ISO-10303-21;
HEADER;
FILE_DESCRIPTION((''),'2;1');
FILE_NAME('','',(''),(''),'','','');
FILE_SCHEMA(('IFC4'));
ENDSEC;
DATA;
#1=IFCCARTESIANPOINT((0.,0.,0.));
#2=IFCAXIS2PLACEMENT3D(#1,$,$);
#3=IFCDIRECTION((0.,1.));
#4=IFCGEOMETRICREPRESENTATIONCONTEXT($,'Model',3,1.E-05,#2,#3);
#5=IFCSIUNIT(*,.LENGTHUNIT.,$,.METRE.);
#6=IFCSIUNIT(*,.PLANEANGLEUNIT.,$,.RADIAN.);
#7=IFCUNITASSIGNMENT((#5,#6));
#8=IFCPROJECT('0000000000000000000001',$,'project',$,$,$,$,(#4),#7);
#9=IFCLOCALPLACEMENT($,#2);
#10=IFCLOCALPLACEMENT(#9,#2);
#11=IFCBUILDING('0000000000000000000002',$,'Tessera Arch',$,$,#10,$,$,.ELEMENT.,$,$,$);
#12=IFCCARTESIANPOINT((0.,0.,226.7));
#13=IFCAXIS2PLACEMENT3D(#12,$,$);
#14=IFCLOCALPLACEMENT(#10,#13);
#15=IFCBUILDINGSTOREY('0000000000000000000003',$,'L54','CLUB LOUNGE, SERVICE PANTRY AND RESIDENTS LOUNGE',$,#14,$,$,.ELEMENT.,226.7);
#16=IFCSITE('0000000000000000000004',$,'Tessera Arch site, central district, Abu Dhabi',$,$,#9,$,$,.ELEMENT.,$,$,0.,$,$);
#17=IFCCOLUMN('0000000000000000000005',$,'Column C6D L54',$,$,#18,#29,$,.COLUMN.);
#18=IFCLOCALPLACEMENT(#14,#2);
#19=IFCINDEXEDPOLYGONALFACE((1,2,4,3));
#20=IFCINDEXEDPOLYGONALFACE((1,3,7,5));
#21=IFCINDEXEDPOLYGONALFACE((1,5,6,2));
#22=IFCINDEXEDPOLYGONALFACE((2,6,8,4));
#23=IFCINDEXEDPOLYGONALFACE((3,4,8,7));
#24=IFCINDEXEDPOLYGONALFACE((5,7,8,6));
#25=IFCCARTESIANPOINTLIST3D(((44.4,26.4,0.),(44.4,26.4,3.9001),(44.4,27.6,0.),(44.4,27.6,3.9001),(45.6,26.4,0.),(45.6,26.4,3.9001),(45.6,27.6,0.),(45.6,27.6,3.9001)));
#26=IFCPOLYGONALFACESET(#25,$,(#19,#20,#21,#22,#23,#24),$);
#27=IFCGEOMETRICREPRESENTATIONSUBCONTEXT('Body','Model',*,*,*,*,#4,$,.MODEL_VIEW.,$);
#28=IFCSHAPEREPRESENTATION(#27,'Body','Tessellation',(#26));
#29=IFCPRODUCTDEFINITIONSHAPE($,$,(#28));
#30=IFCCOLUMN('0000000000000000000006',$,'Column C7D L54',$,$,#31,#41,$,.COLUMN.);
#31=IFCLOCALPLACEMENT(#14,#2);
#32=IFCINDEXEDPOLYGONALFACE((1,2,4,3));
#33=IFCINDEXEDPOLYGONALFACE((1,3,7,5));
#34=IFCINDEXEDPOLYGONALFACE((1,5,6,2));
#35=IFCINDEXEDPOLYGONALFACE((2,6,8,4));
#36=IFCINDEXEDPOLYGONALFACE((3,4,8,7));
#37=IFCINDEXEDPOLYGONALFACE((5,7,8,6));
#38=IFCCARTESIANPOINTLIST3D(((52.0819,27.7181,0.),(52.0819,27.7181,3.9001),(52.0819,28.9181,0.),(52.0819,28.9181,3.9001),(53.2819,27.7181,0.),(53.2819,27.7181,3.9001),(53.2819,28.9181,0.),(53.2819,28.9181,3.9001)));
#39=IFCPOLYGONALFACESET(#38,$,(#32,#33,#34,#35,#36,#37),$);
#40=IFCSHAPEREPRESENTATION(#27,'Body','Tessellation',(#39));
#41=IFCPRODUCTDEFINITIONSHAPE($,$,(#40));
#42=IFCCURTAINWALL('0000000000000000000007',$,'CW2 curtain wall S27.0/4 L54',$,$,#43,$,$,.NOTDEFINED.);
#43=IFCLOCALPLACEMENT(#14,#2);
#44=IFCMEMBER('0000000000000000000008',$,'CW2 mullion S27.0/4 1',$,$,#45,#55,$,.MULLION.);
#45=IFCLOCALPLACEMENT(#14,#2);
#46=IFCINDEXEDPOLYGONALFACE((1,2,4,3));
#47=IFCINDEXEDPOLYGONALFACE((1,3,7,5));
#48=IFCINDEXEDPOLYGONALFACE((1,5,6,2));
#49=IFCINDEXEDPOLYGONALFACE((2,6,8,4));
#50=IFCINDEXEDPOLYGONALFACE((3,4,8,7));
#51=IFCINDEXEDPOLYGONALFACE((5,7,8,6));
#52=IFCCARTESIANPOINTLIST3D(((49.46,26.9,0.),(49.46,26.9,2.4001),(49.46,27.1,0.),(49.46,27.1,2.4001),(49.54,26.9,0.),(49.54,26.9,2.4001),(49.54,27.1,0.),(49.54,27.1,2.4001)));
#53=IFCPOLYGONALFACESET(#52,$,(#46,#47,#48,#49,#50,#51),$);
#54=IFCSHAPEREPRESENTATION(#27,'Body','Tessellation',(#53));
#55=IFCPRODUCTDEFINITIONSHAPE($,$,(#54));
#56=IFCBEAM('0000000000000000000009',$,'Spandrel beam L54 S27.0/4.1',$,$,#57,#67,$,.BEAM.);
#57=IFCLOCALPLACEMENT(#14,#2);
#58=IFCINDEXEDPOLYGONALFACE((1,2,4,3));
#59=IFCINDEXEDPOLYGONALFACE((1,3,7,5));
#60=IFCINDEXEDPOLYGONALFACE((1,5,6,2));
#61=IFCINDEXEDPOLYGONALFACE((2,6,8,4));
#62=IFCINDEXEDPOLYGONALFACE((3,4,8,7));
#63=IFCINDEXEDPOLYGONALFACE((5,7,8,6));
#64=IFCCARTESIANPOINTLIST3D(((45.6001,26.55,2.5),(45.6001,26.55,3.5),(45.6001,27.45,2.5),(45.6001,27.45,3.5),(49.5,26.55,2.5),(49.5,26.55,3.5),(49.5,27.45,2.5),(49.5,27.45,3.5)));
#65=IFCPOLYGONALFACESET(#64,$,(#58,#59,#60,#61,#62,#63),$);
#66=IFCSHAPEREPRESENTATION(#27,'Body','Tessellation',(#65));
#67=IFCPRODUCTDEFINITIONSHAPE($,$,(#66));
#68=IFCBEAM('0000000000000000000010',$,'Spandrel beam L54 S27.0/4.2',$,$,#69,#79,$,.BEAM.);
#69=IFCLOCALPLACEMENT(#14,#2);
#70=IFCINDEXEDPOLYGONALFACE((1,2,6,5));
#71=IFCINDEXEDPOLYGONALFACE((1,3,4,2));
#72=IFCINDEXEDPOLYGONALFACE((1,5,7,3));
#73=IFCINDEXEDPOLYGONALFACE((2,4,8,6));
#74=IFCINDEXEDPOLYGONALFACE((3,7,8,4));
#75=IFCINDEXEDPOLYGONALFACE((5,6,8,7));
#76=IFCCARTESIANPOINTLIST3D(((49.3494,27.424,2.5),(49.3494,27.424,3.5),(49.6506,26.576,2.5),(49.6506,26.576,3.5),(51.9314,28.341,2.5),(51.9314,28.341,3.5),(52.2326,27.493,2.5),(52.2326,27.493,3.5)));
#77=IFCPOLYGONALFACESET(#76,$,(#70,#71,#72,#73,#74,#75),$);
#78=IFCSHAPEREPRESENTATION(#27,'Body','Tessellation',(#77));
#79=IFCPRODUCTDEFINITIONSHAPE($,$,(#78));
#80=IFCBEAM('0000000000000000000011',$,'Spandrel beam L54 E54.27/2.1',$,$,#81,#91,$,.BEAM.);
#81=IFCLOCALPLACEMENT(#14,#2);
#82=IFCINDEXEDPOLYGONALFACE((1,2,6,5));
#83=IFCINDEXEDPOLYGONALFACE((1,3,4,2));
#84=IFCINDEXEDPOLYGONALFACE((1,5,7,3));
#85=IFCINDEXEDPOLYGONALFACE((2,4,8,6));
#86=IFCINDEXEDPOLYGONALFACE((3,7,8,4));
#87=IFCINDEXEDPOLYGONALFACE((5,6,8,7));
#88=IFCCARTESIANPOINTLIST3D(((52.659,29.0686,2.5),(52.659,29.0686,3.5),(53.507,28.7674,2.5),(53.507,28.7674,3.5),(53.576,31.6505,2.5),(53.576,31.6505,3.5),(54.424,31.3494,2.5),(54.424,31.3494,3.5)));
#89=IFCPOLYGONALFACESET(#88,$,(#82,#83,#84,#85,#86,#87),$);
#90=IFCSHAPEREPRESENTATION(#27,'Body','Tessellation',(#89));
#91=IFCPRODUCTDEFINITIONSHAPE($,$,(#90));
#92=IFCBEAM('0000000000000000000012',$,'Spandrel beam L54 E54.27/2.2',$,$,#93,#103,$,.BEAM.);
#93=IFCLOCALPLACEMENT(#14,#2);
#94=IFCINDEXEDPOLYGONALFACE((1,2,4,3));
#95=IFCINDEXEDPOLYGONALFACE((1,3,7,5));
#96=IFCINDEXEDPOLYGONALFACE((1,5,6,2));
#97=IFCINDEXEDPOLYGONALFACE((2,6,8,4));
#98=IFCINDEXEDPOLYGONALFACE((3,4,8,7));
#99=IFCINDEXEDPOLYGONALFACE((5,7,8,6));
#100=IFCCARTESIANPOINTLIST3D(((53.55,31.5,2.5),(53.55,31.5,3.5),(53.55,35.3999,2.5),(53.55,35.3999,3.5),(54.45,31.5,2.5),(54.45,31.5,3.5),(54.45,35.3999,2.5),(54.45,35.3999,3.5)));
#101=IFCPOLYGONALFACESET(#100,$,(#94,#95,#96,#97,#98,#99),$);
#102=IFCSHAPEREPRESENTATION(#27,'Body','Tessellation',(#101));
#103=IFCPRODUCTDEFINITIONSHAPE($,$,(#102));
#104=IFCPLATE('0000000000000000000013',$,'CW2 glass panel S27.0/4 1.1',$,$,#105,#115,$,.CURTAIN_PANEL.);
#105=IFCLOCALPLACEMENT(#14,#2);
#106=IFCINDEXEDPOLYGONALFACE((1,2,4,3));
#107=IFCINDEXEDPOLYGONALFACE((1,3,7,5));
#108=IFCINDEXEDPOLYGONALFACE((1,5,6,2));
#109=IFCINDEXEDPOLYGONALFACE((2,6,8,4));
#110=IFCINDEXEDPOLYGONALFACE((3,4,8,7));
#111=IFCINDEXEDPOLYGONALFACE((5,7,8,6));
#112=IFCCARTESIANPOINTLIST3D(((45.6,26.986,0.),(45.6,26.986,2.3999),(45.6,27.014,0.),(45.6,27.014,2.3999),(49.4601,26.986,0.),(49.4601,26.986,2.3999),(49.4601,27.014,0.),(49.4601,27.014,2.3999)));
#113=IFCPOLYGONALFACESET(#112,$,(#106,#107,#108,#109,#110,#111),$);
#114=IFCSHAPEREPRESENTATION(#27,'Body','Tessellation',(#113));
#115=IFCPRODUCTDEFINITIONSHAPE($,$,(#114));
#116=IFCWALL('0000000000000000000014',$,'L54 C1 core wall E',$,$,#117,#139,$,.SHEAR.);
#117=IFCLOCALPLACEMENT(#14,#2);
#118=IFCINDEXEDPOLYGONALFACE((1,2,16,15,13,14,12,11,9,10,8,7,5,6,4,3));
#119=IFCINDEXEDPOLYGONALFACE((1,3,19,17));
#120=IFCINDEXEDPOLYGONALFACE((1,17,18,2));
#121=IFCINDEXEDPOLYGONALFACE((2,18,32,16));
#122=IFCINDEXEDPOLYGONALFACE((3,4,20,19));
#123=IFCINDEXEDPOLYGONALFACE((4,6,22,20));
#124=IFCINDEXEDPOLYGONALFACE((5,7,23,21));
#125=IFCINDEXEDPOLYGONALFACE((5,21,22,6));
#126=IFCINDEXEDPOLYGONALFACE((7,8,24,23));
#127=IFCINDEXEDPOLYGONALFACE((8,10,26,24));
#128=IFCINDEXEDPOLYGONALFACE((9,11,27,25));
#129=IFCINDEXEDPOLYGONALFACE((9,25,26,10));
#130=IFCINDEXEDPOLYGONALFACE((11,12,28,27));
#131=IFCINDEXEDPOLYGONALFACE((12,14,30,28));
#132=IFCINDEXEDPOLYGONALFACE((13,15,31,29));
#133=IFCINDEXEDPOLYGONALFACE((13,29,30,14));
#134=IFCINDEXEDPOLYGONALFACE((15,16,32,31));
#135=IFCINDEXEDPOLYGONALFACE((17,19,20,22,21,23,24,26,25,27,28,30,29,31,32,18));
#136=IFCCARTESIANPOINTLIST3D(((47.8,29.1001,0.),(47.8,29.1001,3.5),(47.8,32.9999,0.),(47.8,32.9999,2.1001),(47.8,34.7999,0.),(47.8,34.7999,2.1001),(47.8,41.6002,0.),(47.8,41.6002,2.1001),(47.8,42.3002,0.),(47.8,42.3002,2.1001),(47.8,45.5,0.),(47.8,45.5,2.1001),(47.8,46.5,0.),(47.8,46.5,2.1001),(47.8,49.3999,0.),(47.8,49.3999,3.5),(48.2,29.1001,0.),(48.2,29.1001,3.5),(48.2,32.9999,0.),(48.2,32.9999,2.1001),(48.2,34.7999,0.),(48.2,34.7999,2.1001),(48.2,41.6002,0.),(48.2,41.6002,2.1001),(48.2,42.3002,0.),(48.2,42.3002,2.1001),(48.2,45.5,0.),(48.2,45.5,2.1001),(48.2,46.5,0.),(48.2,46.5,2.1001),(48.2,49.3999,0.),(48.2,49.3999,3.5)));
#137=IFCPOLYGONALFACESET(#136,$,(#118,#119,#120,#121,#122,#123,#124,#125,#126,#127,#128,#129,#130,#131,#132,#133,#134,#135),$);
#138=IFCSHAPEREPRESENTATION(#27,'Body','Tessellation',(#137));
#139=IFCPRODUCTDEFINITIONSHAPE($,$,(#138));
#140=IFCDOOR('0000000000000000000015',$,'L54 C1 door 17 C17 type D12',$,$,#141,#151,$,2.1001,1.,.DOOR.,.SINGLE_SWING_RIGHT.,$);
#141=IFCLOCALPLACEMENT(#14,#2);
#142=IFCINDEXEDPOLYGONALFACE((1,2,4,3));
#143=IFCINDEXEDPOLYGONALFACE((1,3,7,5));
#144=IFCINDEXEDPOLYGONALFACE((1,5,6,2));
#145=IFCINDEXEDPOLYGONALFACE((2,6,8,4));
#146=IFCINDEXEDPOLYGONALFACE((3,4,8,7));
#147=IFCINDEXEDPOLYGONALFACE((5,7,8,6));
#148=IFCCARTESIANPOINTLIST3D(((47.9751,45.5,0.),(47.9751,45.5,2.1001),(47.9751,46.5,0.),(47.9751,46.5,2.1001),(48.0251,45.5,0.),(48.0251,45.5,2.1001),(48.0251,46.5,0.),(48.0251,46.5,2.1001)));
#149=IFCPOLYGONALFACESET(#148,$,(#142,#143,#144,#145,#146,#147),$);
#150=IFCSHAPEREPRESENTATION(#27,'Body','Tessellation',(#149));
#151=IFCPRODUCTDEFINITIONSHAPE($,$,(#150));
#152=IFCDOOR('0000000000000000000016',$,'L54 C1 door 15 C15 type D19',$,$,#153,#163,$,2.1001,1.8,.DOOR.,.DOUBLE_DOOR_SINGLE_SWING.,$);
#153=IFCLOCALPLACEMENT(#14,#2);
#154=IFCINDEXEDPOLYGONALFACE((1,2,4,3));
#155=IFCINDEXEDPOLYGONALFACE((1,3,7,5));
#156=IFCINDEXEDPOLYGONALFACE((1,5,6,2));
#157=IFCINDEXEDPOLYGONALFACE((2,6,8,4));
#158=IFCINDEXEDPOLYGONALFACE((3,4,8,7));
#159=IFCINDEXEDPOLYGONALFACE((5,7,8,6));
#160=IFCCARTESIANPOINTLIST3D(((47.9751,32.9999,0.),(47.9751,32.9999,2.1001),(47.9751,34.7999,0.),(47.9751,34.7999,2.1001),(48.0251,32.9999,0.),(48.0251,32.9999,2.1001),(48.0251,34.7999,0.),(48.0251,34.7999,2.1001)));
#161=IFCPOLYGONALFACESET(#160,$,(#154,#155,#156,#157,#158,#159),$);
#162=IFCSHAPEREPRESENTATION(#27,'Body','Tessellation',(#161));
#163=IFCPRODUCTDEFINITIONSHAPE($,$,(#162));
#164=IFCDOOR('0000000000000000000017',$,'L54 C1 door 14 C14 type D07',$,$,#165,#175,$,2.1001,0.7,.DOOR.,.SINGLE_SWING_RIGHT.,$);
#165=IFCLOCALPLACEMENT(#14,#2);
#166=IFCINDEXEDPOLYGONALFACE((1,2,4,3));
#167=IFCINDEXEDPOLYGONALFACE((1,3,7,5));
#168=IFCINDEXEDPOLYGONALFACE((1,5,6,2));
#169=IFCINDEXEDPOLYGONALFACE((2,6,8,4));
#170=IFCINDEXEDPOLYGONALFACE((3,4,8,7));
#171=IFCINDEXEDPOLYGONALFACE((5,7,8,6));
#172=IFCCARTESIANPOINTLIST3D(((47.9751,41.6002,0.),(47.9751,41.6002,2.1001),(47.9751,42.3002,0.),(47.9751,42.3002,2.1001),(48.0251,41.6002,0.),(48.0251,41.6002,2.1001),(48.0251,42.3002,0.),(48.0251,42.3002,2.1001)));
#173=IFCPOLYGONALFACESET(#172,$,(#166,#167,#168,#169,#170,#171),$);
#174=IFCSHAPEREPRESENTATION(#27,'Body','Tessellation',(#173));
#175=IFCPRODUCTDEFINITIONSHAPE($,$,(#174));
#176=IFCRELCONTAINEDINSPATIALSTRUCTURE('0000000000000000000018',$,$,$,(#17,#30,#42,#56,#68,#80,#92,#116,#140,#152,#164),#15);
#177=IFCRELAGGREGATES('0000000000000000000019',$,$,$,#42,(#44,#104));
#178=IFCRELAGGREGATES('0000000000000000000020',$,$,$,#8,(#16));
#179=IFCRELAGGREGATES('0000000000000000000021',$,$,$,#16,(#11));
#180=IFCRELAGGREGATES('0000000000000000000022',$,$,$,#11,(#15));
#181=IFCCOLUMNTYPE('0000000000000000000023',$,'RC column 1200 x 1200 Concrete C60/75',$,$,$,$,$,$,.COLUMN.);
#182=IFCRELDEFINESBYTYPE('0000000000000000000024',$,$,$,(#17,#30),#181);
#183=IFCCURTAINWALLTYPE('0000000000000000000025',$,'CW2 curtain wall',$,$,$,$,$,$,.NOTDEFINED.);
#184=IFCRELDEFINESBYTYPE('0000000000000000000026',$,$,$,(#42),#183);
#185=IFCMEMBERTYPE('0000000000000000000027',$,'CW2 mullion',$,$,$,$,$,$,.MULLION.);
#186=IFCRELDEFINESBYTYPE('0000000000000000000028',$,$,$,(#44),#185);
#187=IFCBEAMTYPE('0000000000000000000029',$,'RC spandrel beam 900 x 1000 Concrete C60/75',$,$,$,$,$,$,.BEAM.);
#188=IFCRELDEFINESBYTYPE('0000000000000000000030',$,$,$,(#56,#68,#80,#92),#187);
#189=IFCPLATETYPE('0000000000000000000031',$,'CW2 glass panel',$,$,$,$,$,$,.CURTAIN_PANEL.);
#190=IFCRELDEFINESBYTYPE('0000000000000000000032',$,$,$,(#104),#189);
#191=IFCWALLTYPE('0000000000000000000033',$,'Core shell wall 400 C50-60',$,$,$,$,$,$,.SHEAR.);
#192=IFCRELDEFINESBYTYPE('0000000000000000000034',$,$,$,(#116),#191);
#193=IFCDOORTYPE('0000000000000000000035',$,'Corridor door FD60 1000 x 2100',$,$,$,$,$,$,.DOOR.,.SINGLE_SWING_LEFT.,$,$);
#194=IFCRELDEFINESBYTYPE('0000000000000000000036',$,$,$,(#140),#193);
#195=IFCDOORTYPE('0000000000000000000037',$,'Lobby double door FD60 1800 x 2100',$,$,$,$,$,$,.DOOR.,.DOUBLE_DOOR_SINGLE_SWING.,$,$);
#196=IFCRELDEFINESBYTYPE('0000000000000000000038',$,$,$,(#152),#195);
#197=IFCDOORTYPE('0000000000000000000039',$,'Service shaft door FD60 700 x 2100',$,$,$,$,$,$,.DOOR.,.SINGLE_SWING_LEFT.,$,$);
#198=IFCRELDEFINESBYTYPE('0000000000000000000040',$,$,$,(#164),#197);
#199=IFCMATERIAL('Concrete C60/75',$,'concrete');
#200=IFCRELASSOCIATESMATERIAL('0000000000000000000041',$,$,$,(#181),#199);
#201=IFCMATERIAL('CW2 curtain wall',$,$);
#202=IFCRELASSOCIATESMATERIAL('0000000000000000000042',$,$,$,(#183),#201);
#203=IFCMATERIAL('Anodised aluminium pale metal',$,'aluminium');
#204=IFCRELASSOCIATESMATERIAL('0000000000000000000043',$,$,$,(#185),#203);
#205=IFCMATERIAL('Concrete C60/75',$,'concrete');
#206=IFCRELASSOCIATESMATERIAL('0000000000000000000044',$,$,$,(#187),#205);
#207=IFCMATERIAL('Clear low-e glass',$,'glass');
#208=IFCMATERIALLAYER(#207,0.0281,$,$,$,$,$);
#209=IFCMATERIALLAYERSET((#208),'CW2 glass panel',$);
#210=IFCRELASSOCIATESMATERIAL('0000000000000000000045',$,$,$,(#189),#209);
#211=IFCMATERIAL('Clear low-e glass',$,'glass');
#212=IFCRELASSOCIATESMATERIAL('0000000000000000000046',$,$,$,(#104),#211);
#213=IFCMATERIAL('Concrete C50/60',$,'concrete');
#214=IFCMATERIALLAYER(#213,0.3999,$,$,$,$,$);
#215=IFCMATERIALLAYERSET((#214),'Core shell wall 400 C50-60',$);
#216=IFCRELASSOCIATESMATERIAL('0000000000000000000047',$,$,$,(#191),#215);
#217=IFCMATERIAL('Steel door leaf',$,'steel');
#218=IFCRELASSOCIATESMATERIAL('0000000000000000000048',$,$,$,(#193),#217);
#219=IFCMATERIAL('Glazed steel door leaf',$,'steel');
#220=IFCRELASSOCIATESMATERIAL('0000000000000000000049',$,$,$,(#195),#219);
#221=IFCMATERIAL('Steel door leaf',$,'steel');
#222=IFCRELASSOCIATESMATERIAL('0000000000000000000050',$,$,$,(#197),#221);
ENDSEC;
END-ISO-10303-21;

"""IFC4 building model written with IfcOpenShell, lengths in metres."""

from ifc_helpers import new_model, si_unit, direction, frame, frame_2d, origin, origin_2d, place, context, subcontext, project, spatial, rectangle, extrude, material, layer, layer_set, material_profile, profile_set, type_object, element, fill, aggregate, save


model = new_model("IFC4")

# Units and contexts
model_context = context("Model", 3, precision=1e-05, world=origin(), true_north=direction((0.0, 1.0)))
body_context = subcontext(model_context, "Body", "Model", "MODEL_VIEW")
ifc_project = project(units=[si_unit("LENGTHUNIT", "METRE"), si_unit("PLANEANGLEUNIT", "RADIAN")], contexts=[model_context])

# Site, building, storey
site_placement = place(None, origin())
site = spatial("IfcSite", under=ifc_project, at=site_placement, Name="Tessera Arch site, central district, Abu Dhabi", CompositionType="ELEMENT", RefElevation=0.0)
building_placement = place(site_placement, origin())
building = spatial("IfcBuilding", under=site, at=building_placement, Name="Tessera Arch", CompositionType="ELEMENT")
storey_placement = place(building_placement, frame((0.0, 0.0, 226.7)))
storey = spatial("IfcBuildingStorey", under=building, at=storey_placement, Name="L54", Description="CLUB LOUNGE, SERVICE PANTRY AND RESIDENTS LOUNGE", CompositionType="ELEMENT", Elevation=226.7)

# Columns
ifc_material_1 = material(Name="Concrete C60/75", Category="concrete")
ifc_material_profile_1 = material_profile(ifc_material_1, rectangle(XDim=1.2, YDim=1.2, at=origin_2d()), Name="RC column 1200 x 1200 Concrete C60/75")
ifc_profile_set_1 = profile_set([ifc_material_profile_1], Name="Concrete C60/75")
column_type = type_object("IfcColumnType", Name="RC column 1200 x 1200 Concrete C60/75", PredefinedType="COLUMN", material=ifc_profile_set_1)
for number, where, z_axis, x_axis, name in (
    (1, (45.0, 27.0, 0.0), (0.0, 0.0, 1.0), (1.0, 0.0, 0.0), "Column C6D L54"),
    (2, (52.6819, 28.3181, 0.0), (0.0, 0.0, 1.0), (1.0, 0.0, 0.0), "Column C7D L54"),
):
    element("IfcColumn", number, at=place(storey_placement, frame(where, z_axis=z_axis, x_axis=x_axis)), inside=storey, type_object=column_type, Name=name, PredefinedType="COLUMN", context=body_context, shape_type="SweptSolid", body=[
        extrude(rectangle(XDim=1.2, YDim=1.2, at=origin_2d()), origin(), (0.0, 0.0, 1.0), 3.9001),
    ])

# Curtain wall, member
ifc_material_2 = material(Name="CW2 curtain wall")
curtain_wall_type = type_object("IfcCurtainWallType", Name="CW2 curtain wall", PredefinedType="NOTDEFINED", material=ifc_material_2)
curtain_wall_placement = place(storey_placement, origin())
curtain_wall = element("IfcCurtainWall", 3, at=curtain_wall_placement, inside=storey, type_object=curtain_wall_type, Name="CW2 curtain wall S27.0/4 L54", PredefinedType="NOTDEFINED")
ifc_material_3 = material(Name="Anodised aluminium pale metal", Category="aluminium")
ifc_material_profile_2 = material_profile(ifc_material_3, rectangle(XDim=0.2, YDim=0.0801, at=origin_2d()), Name="AL 80x200")
ifc_profile_set_2 = profile_set([ifc_material_profile_2], Name="Anodised aluminium pale metal")
member_type = type_object("IfcMemberType", Name="CW2 mullion", PredefinedType="MULLION", material=ifc_profile_set_2)
member_placement = place(storey_placement, frame((49.5, 27.0, 0.0), z_axis=(0.0, 0.0, 1.0), x_axis=(0.0, 1.0, 0.0)))
member = element("IfcMember", 4, at=member_placement, type_object=member_type, Name="CW2 mullion S27.0/4 1", PredefinedType="MULLION", context=body_context, shape_type="SweptSolid", body=[
    extrude(rectangle(XDim=0.2, YDim=0.0801, at=origin_2d()), origin(), (0.0, 0.0, 1.0), 2.4001),
])

# Beams
ifc_material_4 = material(Name="Concrete C60/75", Category="concrete")
ifc_material_profile_3 = material_profile(ifc_material_4, rectangle(XDim=0.8999, YDim=1.0, at=origin_2d()), Name="RC spandrel beam 900 x 1000 Concrete C60/75")
ifc_profile_set_3 = profile_set([ifc_material_profile_3], Name="Concrete C60/75")
beam_type = type_object("IfcBeamType", Name="RC spandrel beam 900 x 1000 Concrete C60/75", PredefinedType="BEAM", material=ifc_profile_set_3)
beam_1_placement = place(storey_placement, frame((45.6001, 27.0, 3.0), z_axis=(1.0, 0.0, 0.0), x_axis=(0.0, 1.0, 0.0)))
element("IfcBeam", 5, at=beam_1_placement, inside=storey, type_object=beam_type, Name="Spandrel beam L54 S27.0/4.1", PredefinedType="BEAM", context=body_context, shape_type="SweptSolid", body=[
    extrude(rectangle(XDim=0.8999, YDim=1.0, at=origin_2d()), origin(), (0.0, 0.0, 1.0), 3.8999),
])
for number, where, z_axis, x_axis, name in (
    (6, (49.5, 27.0, 3.0), (0.942337, 0.334665, 0.0), (-0.334665, 0.942337, 0.0), "Spandrel beam L54 S27.0/4.2"),
    (7, (53.083, 28.918, 3.0), (0.334665, 0.942337, 0.0), (-0.942337, 0.334665, 0.0), "Spandrel beam L54 E54.27/2.1"),
):
    element("IfcBeam", number, at=place(storey_placement, frame(where, z_axis=z_axis, x_axis=x_axis)), inside=storey, type_object=beam_type, Name=name, PredefinedType="BEAM", context=body_context, shape_type="SweptSolid", body=[
        extrude(rectangle(XDim=0.8999, YDim=1.0, at=origin_2d()), origin(), (0.0, 0.0, 1.0), 2.74),
    ])
beam_2_placement = place(storey_placement, frame((54.0, 31.5, 3.0), z_axis=(0.0, 1.0, 0.0), x_axis=(-1.0, 0.0, 0.0)))
element("IfcBeam", 8, at=beam_2_placement, inside=storey, type_object=beam_type, Name="Spandrel beam L54 E54.27/2.2", PredefinedType="BEAM", context=body_context, shape_type="SweptSolid", body=[
    extrude(rectangle(XDim=0.8999, YDim=1.0, at=origin_2d()), origin(), (0.0, 0.0, 1.0), 3.8999),
])

# Plate
ifc_material_5 = material(Name="Clear low-e glass", Category="glass")
ifc_material_6 = material(Name="Clear low-e glass", Category="glass")
ifc_layer_1 = layer(ifc_material_6, 0.0281)
ifc_layer_set_1 = layer_set([ifc_layer_1], Name="CW2 glass panel")
plate_type = type_object("IfcPlateType", Name="CW2 glass panel", PredefinedType="CURTAIN_PANEL", material=ifc_layer_set_1)
plate_placement = place(storey_placement, frame((47.53, 27.0, 0.0), z_axis=(0.0, 0.0, 1.0), x_axis=(1.0, 0.0, 0.0)))
plate = element("IfcPlate", 9, at=plate_placement, type_object=plate_type, material=ifc_material_5, Name="CW2 glass panel S27.0/4 1.1", PredefinedType="CURTAIN_PANEL", context=body_context, shape_type="SweptSolid", body=[
    extrude(rectangle(XDim=3.8601, YDim=0.0281, at=origin_2d()), origin(), (0.0, 0.0, 1.0), 2.3999),
])
aggregate(curtain_wall, [member, plate])

# Wall, openings, doors
ifc_material_7 = material(Name="Concrete C50/60", Category="concrete")
ifc_layer_2 = layer(ifc_material_7, 0.3999)
ifc_layer_set_2 = layer_set([ifc_layer_2], Name="Core shell wall 400 C50-60")
wall_type_1 = type_object("IfcWallType", Name="Core shell wall 400 C50-60", PredefinedType="SHEAR", material=ifc_layer_set_2)
wall_1_placement = place(storey_placement, frame((48.0, 29.1001, 0.0), z_axis=(0.0, 0.0, 1.0), x_axis=(0.0, 1.0, 0.0)))
wall_1 = element("IfcWall", 10, at=wall_1_placement, inside=storey, type_object=wall_type_1, Name="L54 C1 core wall E", PredefinedType="SHEAR", context=body_context, shape_type="SweptSolid", body=[
    extrude(rectangle(XDim=20.2998, YDim=0.3999, at=frame_2d((10.1499, 0.0))), origin(), (0.0, 0.0, 1.0), 3.5),
])
opening_1_placement = place(wall_1_placement, frame((12.5, 0.0, 0.0)))
opening_1 = element("IfcOpeningElement", 11, at=opening_1_placement, cuts=wall_1, PredefinedType="OPENING", context=body_context, shape_type="SweptSolid", body=[
    extrude(rectangle(XDim=0.7, YDim=2.1001, at=frame_2d((0.3501, 1.05))), frame((0.0, 0.21, 0.0), z_axis=(0.0, -1.0, 0.0), x_axis=(1.0, 0.0, 0.0)), (0.0, 0.0, 1.0), 0.4199),
])
opening_2_placement = place(wall_1_placement, frame((3.8999, 0.0, 0.0)))
opening_2 = element("IfcOpeningElement", 12, at=opening_2_placement, cuts=wall_1, PredefinedType="OPENING", context=body_context, shape_type="SweptSolid", body=[
    extrude(rectangle(XDim=1.8, YDim=2.1001, at=frame_2d((0.8999, 1.05))), frame((0.0, 0.21, 0.0), z_axis=(0.0, -1.0, 0.0), x_axis=(1.0, 0.0, 0.0)), (0.0, 0.0, 1.0), 0.4199),
])
opening_3_placement = place(wall_1_placement, frame((16.3999, 0.0, 0.0)))
opening_3 = element("IfcOpeningElement", 13, at=opening_3_placement, cuts=wall_1, PredefinedType="OPENING", context=body_context, shape_type="SweptSolid", body=[
    extrude(rectangle(XDim=1.0, YDim=2.1001, at=frame_2d((0.5, 1.05))), frame((0.0, 0.21, 0.0), z_axis=(0.0, -1.0, 0.0), x_axis=(1.0, 0.0, 0.0)), (0.0, 0.0, 1.0), 0.4199),
])
ifc_material_8 = material(Name="Steel door leaf", Category="steel")
door_type_1 = type_object("IfcDoorType", Name="Corridor door FD60 1000 x 2100", OperationType="SINGLE_SWING_LEFT", PredefinedType="DOOR", material=ifc_material_8)
door_1_placement = place(opening_3_placement, origin())
door_1 = element("IfcDoor", 14, at=door_1_placement, inside=storey, type_object=door_type_1, Name="L54 C1 door 17 C17 type D12", OperationType="SINGLE_SWING_RIGHT", OverallHeight=2.1001, OverallWidth=1.0, PredefinedType="DOOR", context=body_context, shape_type="SweptSolid", body=[
    extrude(rectangle(XDim=1.0, YDim=2.1001, at=frame_2d((0.5, 1.05))), frame((0.0, 0.0249, 0.0), z_axis=(0.0, -1.0, 0.0), x_axis=(1.0, 0.0, 0.0)), (0.0, 0.0, 1.0), 0.05),
])
fill(opening_3, door_1)
ifc_material_9 = material(Name="Glazed steel door leaf", Category="steel")
door_type_2 = type_object("IfcDoorType", Name="Lobby double door FD60 1800 x 2100", OperationType="DOUBLE_DOOR_SINGLE_SWING", PredefinedType="DOOR", material=ifc_material_9)
door_2_placement = place(opening_2_placement, origin())
door_2 = element("IfcDoor", 15, at=door_2_placement, inside=storey, type_object=door_type_2, Name="L54 C1 door 15 C15 type D19", OperationType="DOUBLE_DOOR_SINGLE_SWING", OverallHeight=2.1001, OverallWidth=1.8, PredefinedType="DOOR", context=body_context, shape_type="SweptSolid", body=[
    extrude(rectangle(XDim=1.8, YDim=2.1001, at=frame_2d((0.8999, 1.05))), frame((0.0, 0.0249, 0.0), z_axis=(0.0, -1.0, 0.0), x_axis=(1.0, 0.0, 0.0)), (0.0, 0.0, 1.0), 0.05),
])
fill(opening_2, door_2)
ifc_material_10 = material(Name="Steel door leaf", Category="steel")
door_type_3 = type_object("IfcDoorType", Name="Service shaft door FD60 700 x 2100", OperationType="SINGLE_SWING_LEFT", PredefinedType="DOOR", material=ifc_material_10)
door_3_placement = place(opening_1_placement, origin())
door_3 = element("IfcDoor", 16, at=door_3_placement, inside=storey, type_object=door_type_3, Name="L54 C1 door 14 C14 type D07", OperationType="SINGLE_SWING_RIGHT", OverallHeight=2.1001, OverallWidth=0.7, PredefinedType="DOOR", context=body_context, shape_type="SweptSolid", body=[
    extrude(rectangle(XDim=0.7, YDim=2.1001, at=frame_2d((0.3501, 1.05))), frame((0.0, 0.0249, 0.0), z_axis=(0.0, -1.0, 0.0), x_axis=(1.0, 0.0, 0.0)), (0.0, 0.0, 1.0), 0.05),
])
fill(opening_1, door_3)

save(model, "model.ifc")
